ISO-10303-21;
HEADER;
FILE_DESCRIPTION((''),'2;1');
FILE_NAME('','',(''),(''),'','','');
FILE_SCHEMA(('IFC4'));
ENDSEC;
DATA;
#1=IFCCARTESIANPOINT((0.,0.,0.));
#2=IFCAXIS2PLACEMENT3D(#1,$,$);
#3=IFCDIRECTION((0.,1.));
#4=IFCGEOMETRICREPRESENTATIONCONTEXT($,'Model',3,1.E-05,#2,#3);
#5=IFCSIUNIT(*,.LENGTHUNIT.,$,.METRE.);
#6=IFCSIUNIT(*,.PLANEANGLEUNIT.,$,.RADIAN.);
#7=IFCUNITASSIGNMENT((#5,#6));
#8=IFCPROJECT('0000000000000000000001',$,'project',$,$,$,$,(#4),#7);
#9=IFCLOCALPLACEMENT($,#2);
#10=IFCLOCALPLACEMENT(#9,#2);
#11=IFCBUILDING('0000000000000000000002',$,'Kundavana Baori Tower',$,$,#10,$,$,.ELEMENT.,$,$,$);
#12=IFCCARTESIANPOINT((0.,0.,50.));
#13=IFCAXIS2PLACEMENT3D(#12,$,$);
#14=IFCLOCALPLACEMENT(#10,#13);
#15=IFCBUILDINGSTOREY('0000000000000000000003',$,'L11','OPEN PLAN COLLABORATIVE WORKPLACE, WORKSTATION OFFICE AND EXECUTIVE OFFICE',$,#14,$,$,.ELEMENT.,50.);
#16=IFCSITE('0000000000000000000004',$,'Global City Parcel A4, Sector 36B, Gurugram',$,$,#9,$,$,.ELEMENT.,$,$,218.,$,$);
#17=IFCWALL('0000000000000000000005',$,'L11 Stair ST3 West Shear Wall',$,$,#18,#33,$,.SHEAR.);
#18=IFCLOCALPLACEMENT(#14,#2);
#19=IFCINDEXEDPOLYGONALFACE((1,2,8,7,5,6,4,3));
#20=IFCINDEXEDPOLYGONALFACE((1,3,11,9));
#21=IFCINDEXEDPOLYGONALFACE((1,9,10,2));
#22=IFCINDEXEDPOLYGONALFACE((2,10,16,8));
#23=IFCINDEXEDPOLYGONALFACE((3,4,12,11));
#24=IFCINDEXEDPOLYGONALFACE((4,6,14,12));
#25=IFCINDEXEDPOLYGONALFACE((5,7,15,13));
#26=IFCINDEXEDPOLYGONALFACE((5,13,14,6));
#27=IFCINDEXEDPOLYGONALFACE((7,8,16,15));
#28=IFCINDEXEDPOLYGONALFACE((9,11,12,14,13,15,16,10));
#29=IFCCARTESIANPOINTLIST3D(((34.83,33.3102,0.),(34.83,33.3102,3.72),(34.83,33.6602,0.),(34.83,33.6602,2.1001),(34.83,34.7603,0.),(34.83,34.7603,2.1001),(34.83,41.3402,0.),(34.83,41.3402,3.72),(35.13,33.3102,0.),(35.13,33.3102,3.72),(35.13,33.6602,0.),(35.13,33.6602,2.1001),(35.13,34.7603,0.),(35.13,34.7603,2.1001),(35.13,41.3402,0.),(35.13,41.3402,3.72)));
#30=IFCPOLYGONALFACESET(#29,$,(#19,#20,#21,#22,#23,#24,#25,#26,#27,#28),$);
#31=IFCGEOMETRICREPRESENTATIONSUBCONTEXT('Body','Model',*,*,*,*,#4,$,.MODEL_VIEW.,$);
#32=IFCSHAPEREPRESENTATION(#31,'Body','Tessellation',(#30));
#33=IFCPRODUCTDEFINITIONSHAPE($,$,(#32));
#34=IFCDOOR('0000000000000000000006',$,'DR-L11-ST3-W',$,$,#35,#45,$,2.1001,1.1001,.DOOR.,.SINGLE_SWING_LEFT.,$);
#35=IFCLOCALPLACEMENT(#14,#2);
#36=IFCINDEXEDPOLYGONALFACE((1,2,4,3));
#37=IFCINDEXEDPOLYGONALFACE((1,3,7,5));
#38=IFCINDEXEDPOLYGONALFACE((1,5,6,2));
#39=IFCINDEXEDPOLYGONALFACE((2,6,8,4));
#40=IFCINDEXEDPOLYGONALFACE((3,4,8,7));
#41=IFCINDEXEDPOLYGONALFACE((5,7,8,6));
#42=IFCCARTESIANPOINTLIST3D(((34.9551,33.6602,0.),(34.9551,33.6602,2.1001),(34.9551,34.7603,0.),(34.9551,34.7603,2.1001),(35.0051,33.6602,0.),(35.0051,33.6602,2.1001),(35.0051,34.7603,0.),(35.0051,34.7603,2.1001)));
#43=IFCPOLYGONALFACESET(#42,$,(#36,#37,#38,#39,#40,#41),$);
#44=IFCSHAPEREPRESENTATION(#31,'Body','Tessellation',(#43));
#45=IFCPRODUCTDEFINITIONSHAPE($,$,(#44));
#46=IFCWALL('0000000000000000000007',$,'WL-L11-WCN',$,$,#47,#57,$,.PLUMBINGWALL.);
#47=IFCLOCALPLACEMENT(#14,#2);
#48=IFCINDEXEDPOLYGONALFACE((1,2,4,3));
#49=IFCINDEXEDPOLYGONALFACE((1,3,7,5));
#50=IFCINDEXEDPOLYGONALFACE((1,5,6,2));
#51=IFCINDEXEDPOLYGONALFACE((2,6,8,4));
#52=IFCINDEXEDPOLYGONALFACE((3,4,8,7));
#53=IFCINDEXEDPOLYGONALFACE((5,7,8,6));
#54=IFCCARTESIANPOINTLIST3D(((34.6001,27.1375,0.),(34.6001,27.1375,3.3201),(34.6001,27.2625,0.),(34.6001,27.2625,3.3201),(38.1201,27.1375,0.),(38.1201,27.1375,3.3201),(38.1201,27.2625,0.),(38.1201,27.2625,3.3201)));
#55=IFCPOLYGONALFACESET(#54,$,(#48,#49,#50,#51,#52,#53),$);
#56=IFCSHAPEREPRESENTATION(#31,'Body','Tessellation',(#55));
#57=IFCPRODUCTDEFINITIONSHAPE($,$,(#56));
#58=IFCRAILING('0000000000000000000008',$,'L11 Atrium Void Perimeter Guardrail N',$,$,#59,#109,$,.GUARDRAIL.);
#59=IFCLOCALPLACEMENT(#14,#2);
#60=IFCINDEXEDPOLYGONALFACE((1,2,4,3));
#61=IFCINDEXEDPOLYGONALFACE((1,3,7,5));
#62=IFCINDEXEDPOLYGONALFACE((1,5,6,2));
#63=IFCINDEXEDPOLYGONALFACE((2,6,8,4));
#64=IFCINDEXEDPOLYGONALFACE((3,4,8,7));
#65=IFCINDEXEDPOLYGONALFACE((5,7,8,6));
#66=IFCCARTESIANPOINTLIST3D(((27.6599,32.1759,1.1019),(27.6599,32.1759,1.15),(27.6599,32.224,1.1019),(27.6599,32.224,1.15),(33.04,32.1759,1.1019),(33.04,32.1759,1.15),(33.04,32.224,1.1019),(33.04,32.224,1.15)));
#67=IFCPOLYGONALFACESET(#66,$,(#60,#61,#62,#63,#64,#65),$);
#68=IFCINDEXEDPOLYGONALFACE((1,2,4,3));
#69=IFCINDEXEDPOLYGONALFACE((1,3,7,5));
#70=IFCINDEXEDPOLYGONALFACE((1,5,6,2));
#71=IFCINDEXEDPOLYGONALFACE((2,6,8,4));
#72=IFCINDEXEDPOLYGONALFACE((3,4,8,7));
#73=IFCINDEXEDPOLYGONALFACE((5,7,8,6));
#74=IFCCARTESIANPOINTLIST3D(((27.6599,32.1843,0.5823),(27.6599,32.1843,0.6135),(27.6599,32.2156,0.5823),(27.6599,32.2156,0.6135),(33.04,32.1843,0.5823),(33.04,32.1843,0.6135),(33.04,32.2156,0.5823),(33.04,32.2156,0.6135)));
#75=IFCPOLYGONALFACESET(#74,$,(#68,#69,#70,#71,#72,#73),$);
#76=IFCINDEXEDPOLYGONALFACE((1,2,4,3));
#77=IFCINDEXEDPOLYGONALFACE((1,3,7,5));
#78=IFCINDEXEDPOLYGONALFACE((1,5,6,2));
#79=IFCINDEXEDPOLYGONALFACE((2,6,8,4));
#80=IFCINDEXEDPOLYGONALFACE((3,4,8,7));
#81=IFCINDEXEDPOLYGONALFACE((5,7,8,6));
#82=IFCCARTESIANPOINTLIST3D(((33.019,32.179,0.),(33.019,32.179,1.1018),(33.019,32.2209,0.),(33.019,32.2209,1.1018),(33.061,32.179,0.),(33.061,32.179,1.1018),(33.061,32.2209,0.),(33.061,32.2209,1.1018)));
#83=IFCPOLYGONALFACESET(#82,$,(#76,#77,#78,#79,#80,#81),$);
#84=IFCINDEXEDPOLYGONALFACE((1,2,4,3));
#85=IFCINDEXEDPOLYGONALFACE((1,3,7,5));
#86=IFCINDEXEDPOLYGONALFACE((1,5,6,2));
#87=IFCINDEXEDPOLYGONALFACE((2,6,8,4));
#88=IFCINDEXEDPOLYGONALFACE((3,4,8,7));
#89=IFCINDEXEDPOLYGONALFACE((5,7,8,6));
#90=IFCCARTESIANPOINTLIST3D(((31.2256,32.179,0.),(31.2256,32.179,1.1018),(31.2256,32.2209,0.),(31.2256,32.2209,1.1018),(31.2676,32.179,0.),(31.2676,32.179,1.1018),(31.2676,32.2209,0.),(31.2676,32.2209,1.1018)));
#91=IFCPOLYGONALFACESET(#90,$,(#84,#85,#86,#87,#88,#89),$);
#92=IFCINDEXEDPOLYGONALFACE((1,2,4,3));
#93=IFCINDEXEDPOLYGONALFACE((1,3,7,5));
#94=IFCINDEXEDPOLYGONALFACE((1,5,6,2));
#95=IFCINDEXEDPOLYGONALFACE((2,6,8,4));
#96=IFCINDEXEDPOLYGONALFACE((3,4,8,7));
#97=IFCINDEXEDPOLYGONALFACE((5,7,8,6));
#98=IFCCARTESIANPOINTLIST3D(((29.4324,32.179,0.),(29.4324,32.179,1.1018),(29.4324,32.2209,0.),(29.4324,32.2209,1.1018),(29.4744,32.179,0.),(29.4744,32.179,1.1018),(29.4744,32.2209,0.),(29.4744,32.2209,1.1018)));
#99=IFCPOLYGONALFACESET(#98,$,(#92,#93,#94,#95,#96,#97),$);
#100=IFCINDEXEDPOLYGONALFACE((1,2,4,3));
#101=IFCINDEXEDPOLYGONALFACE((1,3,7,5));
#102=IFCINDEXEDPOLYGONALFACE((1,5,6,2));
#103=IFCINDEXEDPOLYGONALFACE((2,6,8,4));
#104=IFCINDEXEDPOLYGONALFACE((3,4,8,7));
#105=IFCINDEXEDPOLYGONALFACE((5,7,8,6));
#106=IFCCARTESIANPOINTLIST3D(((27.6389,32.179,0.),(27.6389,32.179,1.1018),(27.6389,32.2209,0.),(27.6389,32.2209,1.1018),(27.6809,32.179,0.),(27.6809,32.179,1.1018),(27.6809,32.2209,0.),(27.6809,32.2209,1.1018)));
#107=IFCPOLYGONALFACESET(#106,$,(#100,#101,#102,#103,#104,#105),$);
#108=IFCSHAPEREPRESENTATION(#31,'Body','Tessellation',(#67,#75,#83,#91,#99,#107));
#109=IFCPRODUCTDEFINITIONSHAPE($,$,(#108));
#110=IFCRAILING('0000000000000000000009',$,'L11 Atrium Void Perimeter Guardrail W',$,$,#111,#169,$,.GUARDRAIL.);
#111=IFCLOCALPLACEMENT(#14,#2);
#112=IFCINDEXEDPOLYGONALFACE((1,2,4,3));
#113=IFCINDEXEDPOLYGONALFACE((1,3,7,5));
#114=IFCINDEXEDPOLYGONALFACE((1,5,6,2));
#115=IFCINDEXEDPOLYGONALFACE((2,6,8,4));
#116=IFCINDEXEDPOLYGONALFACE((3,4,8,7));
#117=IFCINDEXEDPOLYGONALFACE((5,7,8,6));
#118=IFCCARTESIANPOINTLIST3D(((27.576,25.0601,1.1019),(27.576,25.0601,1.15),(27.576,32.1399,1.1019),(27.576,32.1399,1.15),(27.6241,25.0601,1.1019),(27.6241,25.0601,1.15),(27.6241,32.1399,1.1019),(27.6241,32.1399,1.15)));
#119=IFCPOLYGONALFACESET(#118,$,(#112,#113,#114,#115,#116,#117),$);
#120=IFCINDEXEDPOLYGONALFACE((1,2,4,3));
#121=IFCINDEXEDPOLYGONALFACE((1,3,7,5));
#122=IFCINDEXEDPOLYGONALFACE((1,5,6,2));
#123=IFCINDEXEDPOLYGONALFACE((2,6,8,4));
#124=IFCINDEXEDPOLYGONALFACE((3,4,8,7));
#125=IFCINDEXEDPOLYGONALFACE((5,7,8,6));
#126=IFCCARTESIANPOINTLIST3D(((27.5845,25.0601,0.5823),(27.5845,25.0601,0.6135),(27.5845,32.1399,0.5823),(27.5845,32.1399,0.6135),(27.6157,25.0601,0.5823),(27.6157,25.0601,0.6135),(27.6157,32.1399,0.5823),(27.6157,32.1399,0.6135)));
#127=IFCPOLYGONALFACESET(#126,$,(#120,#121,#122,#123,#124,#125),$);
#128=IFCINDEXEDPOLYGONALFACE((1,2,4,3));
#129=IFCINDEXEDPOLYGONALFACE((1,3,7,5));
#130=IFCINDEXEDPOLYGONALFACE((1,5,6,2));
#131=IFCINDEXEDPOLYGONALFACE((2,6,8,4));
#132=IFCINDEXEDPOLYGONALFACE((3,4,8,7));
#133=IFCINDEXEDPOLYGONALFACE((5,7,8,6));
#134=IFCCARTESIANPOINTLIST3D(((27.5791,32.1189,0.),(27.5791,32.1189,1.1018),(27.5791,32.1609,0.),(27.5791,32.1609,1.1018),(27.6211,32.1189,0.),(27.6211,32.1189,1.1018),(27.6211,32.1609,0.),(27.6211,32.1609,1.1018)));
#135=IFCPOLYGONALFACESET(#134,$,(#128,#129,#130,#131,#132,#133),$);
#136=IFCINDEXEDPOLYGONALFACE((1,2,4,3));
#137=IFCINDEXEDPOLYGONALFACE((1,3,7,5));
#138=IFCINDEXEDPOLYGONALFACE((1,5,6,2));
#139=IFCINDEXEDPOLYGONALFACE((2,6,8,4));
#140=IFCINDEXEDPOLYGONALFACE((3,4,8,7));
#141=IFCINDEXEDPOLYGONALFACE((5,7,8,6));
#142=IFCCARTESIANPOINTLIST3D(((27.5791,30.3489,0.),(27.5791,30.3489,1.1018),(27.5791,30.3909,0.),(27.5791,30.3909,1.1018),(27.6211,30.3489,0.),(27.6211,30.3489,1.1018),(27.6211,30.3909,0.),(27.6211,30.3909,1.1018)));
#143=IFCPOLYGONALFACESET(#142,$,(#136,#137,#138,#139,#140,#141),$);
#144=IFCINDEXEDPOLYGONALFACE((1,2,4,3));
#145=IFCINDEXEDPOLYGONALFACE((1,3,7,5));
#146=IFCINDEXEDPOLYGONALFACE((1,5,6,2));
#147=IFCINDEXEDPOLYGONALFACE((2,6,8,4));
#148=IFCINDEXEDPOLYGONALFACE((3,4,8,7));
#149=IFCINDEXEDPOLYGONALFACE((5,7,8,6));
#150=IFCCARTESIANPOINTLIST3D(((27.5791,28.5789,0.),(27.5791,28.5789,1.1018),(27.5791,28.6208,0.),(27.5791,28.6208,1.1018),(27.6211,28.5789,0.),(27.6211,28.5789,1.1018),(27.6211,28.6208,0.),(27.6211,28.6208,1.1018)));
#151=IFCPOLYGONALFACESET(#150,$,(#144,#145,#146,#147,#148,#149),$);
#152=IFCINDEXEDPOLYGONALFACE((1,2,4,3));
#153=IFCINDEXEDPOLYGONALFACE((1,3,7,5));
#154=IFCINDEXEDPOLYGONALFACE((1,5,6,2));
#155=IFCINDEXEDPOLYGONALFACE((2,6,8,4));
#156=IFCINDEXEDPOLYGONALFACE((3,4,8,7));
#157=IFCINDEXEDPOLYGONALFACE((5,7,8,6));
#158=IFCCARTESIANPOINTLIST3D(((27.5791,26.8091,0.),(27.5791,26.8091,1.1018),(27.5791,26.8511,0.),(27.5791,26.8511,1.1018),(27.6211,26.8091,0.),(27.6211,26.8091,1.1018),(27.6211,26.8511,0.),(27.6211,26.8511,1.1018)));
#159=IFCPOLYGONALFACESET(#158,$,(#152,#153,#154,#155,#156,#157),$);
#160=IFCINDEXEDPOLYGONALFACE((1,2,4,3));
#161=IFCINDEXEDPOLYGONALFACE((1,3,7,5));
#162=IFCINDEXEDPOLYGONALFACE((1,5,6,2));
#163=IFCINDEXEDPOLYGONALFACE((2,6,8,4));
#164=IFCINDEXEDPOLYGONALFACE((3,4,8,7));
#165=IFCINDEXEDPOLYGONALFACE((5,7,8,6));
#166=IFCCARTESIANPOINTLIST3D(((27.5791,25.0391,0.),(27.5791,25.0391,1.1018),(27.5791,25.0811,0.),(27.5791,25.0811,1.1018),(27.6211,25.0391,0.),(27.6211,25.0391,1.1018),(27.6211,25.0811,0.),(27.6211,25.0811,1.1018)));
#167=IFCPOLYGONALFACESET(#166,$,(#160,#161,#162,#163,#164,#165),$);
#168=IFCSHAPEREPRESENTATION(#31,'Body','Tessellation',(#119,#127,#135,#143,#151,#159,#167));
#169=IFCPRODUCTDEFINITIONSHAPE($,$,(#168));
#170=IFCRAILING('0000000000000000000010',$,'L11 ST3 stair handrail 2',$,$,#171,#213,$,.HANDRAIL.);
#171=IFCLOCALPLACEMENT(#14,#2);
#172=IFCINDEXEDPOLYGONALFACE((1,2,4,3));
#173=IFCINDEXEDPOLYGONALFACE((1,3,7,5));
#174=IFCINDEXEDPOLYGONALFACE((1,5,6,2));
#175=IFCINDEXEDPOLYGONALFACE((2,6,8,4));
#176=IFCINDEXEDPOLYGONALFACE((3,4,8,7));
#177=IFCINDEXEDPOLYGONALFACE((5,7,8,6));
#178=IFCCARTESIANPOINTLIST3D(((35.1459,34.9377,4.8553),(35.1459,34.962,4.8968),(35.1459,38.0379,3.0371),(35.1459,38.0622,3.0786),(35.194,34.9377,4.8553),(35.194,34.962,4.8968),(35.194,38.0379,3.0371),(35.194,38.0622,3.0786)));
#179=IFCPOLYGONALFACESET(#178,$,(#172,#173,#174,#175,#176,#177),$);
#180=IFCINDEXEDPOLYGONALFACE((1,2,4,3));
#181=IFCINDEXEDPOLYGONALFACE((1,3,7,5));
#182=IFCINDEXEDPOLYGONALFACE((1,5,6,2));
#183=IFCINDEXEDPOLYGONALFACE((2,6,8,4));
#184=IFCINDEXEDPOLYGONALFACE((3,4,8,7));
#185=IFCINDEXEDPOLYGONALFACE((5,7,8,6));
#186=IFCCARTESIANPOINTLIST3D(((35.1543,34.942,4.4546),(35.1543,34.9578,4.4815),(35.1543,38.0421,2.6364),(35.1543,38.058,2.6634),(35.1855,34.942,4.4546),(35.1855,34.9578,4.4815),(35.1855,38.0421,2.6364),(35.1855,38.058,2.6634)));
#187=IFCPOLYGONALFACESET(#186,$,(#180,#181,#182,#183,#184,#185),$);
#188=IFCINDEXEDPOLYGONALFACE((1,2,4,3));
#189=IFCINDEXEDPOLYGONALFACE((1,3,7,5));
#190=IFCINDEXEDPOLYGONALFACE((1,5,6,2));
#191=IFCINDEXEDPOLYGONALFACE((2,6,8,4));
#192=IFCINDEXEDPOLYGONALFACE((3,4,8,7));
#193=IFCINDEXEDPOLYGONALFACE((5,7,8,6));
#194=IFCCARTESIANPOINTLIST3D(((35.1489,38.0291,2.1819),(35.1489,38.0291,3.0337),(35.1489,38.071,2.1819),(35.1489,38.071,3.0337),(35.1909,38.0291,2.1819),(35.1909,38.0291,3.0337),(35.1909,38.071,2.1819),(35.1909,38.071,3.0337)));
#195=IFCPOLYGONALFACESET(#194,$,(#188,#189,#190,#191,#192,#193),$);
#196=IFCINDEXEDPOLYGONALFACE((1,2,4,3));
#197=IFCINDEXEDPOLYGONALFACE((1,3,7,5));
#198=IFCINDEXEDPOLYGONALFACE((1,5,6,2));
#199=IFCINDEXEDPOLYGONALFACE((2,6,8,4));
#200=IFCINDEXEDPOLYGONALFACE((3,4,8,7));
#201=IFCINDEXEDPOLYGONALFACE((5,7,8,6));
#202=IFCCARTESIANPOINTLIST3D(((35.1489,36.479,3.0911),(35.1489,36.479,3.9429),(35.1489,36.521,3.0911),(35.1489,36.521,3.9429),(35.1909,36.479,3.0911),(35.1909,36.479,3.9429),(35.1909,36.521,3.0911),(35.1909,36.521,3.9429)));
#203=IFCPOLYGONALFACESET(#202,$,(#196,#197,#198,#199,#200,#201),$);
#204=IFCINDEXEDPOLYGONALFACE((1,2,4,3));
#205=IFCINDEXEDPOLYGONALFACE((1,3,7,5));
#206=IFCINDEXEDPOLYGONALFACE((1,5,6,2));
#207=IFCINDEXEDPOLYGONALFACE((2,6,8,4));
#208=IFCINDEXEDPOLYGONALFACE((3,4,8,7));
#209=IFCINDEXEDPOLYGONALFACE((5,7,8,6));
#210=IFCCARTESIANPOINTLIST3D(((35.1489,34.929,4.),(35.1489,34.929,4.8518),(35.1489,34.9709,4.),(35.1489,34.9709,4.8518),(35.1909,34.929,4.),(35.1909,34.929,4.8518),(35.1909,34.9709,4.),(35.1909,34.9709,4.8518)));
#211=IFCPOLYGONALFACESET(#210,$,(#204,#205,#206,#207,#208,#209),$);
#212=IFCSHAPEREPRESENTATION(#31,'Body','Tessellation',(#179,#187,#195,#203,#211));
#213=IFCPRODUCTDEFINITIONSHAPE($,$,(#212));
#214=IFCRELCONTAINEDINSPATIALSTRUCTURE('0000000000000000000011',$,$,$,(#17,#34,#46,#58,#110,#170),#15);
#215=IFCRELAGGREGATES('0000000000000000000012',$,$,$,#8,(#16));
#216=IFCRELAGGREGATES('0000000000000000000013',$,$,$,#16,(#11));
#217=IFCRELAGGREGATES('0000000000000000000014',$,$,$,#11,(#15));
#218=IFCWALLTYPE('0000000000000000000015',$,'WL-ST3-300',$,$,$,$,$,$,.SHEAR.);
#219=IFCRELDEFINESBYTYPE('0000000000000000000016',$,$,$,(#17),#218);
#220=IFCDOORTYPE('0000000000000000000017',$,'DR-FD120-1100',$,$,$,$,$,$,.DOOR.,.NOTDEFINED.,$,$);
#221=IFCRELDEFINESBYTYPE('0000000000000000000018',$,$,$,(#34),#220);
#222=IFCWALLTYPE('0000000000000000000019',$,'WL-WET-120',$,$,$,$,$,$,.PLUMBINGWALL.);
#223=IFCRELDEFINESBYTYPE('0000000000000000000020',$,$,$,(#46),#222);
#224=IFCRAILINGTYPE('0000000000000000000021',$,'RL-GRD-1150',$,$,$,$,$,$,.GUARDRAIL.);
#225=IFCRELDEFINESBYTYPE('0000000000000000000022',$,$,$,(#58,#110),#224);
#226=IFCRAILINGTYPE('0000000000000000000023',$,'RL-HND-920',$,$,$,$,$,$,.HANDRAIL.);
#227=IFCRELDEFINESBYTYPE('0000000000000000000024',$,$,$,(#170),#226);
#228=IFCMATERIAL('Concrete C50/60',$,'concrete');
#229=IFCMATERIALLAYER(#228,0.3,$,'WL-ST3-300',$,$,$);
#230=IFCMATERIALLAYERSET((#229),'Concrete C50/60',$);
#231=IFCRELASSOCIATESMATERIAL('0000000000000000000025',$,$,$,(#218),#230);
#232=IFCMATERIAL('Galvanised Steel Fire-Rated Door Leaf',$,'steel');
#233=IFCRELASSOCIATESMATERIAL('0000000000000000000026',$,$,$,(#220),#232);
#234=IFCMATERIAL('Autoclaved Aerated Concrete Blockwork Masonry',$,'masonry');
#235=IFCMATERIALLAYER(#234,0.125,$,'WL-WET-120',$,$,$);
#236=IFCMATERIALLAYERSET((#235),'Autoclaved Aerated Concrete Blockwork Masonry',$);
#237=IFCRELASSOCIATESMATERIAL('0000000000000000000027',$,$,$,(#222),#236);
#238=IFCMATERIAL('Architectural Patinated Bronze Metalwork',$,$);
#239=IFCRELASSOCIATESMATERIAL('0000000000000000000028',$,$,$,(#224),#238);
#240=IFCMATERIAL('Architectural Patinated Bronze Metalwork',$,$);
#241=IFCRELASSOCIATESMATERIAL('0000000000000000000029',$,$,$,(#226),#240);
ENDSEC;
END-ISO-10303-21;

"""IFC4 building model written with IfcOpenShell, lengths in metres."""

from ifc_helpers import new_model, si_unit, direction, frame, frame_2d, origin, origin_2d, place, context, subcontext, project, spatial, rectangle, extrude, material, layer, layer_set, type_object, element, fill, save


model = new_model("IFC4")

# Units and contexts
model_context = context("Model", 3, precision=1e-05, world=origin(), true_north=direction((0.0, 1.0)))
body_context = subcontext(model_context, "Body", "Model", "MODEL_VIEW")
ifc_project = project(units=[si_unit("LENGTHUNIT", "METRE"), si_unit("PLANEANGLEUNIT", "RADIAN")], contexts=[model_context])

# Site, building, storey
site_placement = place(None, origin())
site = spatial("IfcSite", under=ifc_project, at=site_placement, Name="Global City Parcel A4, Sector 36B, Gurugram", CompositionType="ELEMENT", RefElevation=218.0)
building_placement = place(site_placement, origin())
building = spatial("IfcBuilding", under=site, at=building_placement, Name="Kundavana Baori Tower", CompositionType="ELEMENT")
storey_placement = place(building_placement, frame((0.0, 0.0, 50.0)))
storey = spatial("IfcBuildingStorey", under=building, at=storey_placement, Name="L11", Description="OPEN PLAN COLLABORATIVE WORKPLACE, WORKSTATION OFFICE AND EXECUTIVE OFFICE", CompositionType="ELEMENT", Elevation=50.0)

# Shared definitions
ifc_material_1 = material(Name="Concrete C50/60", Category="concrete")
ifc_layer_1 = layer(ifc_material_1, 0.3, Name="WL-ST3-300")
ifc_layer_set_1 = layer_set([ifc_layer_1], Name="Concrete C50/60")
wall_type_1 = type_object("IfcWallType", Name="WL-ST3-300", PredefinedType="SHEAR", material=ifc_layer_set_1)

# Wall, opening, door
wall_1_placement = place(storey_placement, frame((34.98, 33.3101, 0.0), z_axis=(0.0, 0.0, 1.0), x_axis=(0.0, 1.0, 0.0)))
wall_1 = element("IfcWall", 1, at=wall_1_placement, inside=storey, type_object=wall_type_1, Name="L11 Stair ST3 West Shear Wall", PredefinedType="SHEAR", context=body_context, shape_type="SweptSolid", body=[
    extrude(rectangle(XDim=8.03, YDim=0.3, at=frame_2d((4.0151, 0.0))), origin(), (0.0, 0.0, 1.0), 3.72),
])
opening_1_placement = place(wall_1_placement, frame((0.3501, 0.0, 0.0)))
opening_1 = element("IfcOpeningElement", 2, at=opening_1_placement, cuts=wall_1, PredefinedType="OPENING", context=body_context, shape_type="SweptSolid", body=[
    extrude(rectangle(XDim=1.1001, YDim=2.1001, at=frame_2d((0.55, 1.05))), frame((0.0, 0.1602, 0.0), z_axis=(0.0, -1.0, 0.0), x_axis=(1.0, 0.0, 0.0)), (0.0, 0.0, 1.0), 0.3201),
])
ifc_material_2 = material(Name="Galvanised Steel Fire-Rated Door Leaf", Category="steel")
door_type_1 = type_object("IfcDoorType", Name="DR-FD120-1100", OperationType="NOTDEFINED", PredefinedType="DOOR", material=ifc_material_2)
door_1_placement = place(opening_1_placement, origin())
door_1 = element("IfcDoor", 3, at=door_1_placement, inside=storey, type_object=door_type_1, Name="DR-L11-ST3-W", OperationType="SINGLE_SWING_LEFT", OverallHeight=2.1001, OverallWidth=1.1001, PredefinedType="DOOR", context=body_context, shape_type="SweptSolid", body=[
    extrude(rectangle(XDim=1.1001, YDim=2.1001, at=frame_2d((0.55, 1.05))), frame((0.0, 0.0249, 0.0), z_axis=(0.0, -1.0, 0.0), x_axis=(1.0, 0.0, 0.0)), (0.0, 0.0, 1.0), 0.05),
])
fill(opening_1, door_1)

# Wall
ifc_material_3 = material(Name="Autoclaved Aerated Concrete Blockwork Masonry", Category="masonry")
ifc_layer_2 = layer(ifc_material_3, 0.125, Name="WL-WET-120")
ifc_layer_set_2 = layer_set([ifc_layer_2], Name="Autoclaved Aerated Concrete Blockwork Masonry")
wall_type_2 = type_object("IfcWallType", Name="WL-WET-120", PredefinedType="PLUMBINGWALL", material=ifc_layer_set_2)
wall_2_placement = place(storey_placement, frame((34.6001, 27.2, 0.0), z_axis=(0.0, 0.0, 1.0), x_axis=(1.0, 0.0, 0.0)))
element("IfcWall", 4, at=wall_2_placement, inside=storey, type_object=wall_type_2, Name="WL-L11-WCN", PredefinedType="PLUMBINGWALL", context=body_context, shape_type="SweptSolid", body=[
    extrude(rectangle(XDim=3.52, YDim=0.125, at=frame_2d((1.76, 0.0))), origin(), (0.0, 0.0, 1.0), 3.3201),
])

# Railings
ifc_material_4 = material(Name="Architectural Patinated Bronze Metalwork")
railing_type_1 = type_object("IfcRailingType", Name="RL-GRD-1150", PredefinedType="GUARDRAIL", material=ifc_material_4)
railing_1_placement = place(storey_placement, frame((33.04, 32.2, 0.0)))
element("IfcRailing", 5, at=railing_1_placement, inside=storey, type_object=railing_type_1, Name="L11 Atrium Void Perimeter Guardrail N", PredefinedType="GUARDRAIL", context=body_context, shape_type="SweptSolid", body=[
    extrude(rectangle(XDim=0.0481, YDim=0.0481, at=origin_2d()), frame((0.0, 0.0, 1.126), z_axis=(-1.0, 0.0, 0.0), x_axis=(0.0, -1.0, 0.0)), (0.0, 0.0, 1.0), 5.3801),
    extrude(rectangle(XDim=0.0312, YDim=0.0312, at=origin_2d()), frame((0.0, 0.0, 0.5979), z_axis=(-1.0, 0.0, 0.0), x_axis=(0.0, -1.0, 0.0)), (0.0, 0.0, 1.0), 5.3801),
    extrude(rectangle(XDim=0.042, YDim=0.042, at=origin_2d()), origin(), (0.0, 0.0, 1.0), 1.1018),
    extrude(rectangle(XDim=0.042, YDim=0.042, at=origin_2d()), frame((-1.7935, 0.0, 0.0)), (0.0, 0.0, 1.0), 1.1018),
    extrude(rectangle(XDim=0.042, YDim=0.042, at=origin_2d()), frame((-3.5867, 0.0, 0.0)), (0.0, 0.0, 1.0), 1.1018),
    extrude(rectangle(XDim=0.042, YDim=0.042, at=origin_2d()), frame((-5.3801, 0.0, 0.0)), (0.0, 0.0, 1.0), 1.1018),
])
railing_2_placement = place(storey_placement, frame((27.6001, 32.1399, 0.0)))
element("IfcRailing", 6, at=railing_2_placement, inside=storey, type_object=railing_type_1, Name="L11 Atrium Void Perimeter Guardrail W", PredefinedType="GUARDRAIL", context=body_context, shape_type="SweptSolid", body=[
    extrude(rectangle(XDim=0.0481, YDim=0.0481, at=origin_2d()), frame((0.0, 0.0, 1.126), z_axis=(0.0, -1.0, 0.0), x_axis=(1.0, 0.0, 0.0)), (0.0, 0.0, 1.0), 7.0798),
    extrude(rectangle(XDim=0.0312, YDim=0.0312, at=origin_2d()), frame((0.0, 0.0, 0.5979), z_axis=(0.0, -1.0, 0.0), x_axis=(1.0, 0.0, 0.0)), (0.0, 0.0, 1.0), 7.0798),
    extrude(rectangle(XDim=0.042, YDim=0.042, at=origin_2d()), origin(), (0.0, 0.0, 1.0), 1.1018),
    extrude(rectangle(XDim=0.042, YDim=0.042, at=origin_2d()), frame((0.0, -1.77, 0.0)), (0.0, 0.0, 1.0), 1.1018),
    extrude(rectangle(XDim=0.042, YDim=0.042, at=origin_2d()), frame((0.0, -3.54, 0.0)), (0.0, 0.0, 1.0), 1.1018),
    extrude(rectangle(XDim=0.042, YDim=0.042, at=origin_2d()), frame((0.0, -5.3098, 0.0)), (0.0, 0.0, 1.0), 1.1018),
    extrude(rectangle(XDim=0.042, YDim=0.042, at=origin_2d()), frame((0.0, -7.0798, 0.0)), (0.0, 0.0, 1.0), 1.1018),
])
ifc_material_5 = material(Name="Architectural Patinated Bronze Metalwork")
railing_type_2 = type_object("IfcRailingType", Name="RL-HND-920", PredefinedType="HANDRAIL", material=ifc_material_5)
railing_3_placement = place(storey_placement, frame((35.1699, 38.05, 2.1819)))
element("IfcRailing", 7, at=railing_3_placement, inside=storey, type_object=railing_type_2, Name="L11 ST3 stair handrail 2", PredefinedType="HANDRAIL", context=body_context, shape_type="SweptSolid", body=[
    extrude(rectangle(XDim=0.0481, YDim=0.0481, at=origin_2d()), frame((0.0, 0.0, 0.876), z_axis=(0.0, -0.862599, 0.505889), x_axis=(1.0, 0.0, 0.0)), (0.0, 0.0, 1.0), 3.594),
    extrude(rectangle(XDim=0.0312, YDim=0.0312, at=origin_2d()), frame((0.0, 0.0, 0.468), z_axis=(0.0, -0.862599, 0.505889), x_axis=(1.0, 0.0, 0.0)), (0.0, 0.0, 1.0), 3.594),
    extrude(rectangle(XDim=0.042, YDim=0.042, at=origin_2d()), origin(), (0.0, 0.0, 1.0), 0.8518),
    extrude(rectangle(XDim=0.042, YDim=0.042, at=origin_2d()), frame((0.0, -1.55, 0.9092)), (0.0, 0.0, 1.0), 0.8518),
    extrude(rectangle(XDim=0.042, YDim=0.042, at=origin_2d()), frame((0.0, -3.1001, 1.8181)), (0.0, 0.0, 1.0), 0.8518),
])

save(model, "model.ifc")
